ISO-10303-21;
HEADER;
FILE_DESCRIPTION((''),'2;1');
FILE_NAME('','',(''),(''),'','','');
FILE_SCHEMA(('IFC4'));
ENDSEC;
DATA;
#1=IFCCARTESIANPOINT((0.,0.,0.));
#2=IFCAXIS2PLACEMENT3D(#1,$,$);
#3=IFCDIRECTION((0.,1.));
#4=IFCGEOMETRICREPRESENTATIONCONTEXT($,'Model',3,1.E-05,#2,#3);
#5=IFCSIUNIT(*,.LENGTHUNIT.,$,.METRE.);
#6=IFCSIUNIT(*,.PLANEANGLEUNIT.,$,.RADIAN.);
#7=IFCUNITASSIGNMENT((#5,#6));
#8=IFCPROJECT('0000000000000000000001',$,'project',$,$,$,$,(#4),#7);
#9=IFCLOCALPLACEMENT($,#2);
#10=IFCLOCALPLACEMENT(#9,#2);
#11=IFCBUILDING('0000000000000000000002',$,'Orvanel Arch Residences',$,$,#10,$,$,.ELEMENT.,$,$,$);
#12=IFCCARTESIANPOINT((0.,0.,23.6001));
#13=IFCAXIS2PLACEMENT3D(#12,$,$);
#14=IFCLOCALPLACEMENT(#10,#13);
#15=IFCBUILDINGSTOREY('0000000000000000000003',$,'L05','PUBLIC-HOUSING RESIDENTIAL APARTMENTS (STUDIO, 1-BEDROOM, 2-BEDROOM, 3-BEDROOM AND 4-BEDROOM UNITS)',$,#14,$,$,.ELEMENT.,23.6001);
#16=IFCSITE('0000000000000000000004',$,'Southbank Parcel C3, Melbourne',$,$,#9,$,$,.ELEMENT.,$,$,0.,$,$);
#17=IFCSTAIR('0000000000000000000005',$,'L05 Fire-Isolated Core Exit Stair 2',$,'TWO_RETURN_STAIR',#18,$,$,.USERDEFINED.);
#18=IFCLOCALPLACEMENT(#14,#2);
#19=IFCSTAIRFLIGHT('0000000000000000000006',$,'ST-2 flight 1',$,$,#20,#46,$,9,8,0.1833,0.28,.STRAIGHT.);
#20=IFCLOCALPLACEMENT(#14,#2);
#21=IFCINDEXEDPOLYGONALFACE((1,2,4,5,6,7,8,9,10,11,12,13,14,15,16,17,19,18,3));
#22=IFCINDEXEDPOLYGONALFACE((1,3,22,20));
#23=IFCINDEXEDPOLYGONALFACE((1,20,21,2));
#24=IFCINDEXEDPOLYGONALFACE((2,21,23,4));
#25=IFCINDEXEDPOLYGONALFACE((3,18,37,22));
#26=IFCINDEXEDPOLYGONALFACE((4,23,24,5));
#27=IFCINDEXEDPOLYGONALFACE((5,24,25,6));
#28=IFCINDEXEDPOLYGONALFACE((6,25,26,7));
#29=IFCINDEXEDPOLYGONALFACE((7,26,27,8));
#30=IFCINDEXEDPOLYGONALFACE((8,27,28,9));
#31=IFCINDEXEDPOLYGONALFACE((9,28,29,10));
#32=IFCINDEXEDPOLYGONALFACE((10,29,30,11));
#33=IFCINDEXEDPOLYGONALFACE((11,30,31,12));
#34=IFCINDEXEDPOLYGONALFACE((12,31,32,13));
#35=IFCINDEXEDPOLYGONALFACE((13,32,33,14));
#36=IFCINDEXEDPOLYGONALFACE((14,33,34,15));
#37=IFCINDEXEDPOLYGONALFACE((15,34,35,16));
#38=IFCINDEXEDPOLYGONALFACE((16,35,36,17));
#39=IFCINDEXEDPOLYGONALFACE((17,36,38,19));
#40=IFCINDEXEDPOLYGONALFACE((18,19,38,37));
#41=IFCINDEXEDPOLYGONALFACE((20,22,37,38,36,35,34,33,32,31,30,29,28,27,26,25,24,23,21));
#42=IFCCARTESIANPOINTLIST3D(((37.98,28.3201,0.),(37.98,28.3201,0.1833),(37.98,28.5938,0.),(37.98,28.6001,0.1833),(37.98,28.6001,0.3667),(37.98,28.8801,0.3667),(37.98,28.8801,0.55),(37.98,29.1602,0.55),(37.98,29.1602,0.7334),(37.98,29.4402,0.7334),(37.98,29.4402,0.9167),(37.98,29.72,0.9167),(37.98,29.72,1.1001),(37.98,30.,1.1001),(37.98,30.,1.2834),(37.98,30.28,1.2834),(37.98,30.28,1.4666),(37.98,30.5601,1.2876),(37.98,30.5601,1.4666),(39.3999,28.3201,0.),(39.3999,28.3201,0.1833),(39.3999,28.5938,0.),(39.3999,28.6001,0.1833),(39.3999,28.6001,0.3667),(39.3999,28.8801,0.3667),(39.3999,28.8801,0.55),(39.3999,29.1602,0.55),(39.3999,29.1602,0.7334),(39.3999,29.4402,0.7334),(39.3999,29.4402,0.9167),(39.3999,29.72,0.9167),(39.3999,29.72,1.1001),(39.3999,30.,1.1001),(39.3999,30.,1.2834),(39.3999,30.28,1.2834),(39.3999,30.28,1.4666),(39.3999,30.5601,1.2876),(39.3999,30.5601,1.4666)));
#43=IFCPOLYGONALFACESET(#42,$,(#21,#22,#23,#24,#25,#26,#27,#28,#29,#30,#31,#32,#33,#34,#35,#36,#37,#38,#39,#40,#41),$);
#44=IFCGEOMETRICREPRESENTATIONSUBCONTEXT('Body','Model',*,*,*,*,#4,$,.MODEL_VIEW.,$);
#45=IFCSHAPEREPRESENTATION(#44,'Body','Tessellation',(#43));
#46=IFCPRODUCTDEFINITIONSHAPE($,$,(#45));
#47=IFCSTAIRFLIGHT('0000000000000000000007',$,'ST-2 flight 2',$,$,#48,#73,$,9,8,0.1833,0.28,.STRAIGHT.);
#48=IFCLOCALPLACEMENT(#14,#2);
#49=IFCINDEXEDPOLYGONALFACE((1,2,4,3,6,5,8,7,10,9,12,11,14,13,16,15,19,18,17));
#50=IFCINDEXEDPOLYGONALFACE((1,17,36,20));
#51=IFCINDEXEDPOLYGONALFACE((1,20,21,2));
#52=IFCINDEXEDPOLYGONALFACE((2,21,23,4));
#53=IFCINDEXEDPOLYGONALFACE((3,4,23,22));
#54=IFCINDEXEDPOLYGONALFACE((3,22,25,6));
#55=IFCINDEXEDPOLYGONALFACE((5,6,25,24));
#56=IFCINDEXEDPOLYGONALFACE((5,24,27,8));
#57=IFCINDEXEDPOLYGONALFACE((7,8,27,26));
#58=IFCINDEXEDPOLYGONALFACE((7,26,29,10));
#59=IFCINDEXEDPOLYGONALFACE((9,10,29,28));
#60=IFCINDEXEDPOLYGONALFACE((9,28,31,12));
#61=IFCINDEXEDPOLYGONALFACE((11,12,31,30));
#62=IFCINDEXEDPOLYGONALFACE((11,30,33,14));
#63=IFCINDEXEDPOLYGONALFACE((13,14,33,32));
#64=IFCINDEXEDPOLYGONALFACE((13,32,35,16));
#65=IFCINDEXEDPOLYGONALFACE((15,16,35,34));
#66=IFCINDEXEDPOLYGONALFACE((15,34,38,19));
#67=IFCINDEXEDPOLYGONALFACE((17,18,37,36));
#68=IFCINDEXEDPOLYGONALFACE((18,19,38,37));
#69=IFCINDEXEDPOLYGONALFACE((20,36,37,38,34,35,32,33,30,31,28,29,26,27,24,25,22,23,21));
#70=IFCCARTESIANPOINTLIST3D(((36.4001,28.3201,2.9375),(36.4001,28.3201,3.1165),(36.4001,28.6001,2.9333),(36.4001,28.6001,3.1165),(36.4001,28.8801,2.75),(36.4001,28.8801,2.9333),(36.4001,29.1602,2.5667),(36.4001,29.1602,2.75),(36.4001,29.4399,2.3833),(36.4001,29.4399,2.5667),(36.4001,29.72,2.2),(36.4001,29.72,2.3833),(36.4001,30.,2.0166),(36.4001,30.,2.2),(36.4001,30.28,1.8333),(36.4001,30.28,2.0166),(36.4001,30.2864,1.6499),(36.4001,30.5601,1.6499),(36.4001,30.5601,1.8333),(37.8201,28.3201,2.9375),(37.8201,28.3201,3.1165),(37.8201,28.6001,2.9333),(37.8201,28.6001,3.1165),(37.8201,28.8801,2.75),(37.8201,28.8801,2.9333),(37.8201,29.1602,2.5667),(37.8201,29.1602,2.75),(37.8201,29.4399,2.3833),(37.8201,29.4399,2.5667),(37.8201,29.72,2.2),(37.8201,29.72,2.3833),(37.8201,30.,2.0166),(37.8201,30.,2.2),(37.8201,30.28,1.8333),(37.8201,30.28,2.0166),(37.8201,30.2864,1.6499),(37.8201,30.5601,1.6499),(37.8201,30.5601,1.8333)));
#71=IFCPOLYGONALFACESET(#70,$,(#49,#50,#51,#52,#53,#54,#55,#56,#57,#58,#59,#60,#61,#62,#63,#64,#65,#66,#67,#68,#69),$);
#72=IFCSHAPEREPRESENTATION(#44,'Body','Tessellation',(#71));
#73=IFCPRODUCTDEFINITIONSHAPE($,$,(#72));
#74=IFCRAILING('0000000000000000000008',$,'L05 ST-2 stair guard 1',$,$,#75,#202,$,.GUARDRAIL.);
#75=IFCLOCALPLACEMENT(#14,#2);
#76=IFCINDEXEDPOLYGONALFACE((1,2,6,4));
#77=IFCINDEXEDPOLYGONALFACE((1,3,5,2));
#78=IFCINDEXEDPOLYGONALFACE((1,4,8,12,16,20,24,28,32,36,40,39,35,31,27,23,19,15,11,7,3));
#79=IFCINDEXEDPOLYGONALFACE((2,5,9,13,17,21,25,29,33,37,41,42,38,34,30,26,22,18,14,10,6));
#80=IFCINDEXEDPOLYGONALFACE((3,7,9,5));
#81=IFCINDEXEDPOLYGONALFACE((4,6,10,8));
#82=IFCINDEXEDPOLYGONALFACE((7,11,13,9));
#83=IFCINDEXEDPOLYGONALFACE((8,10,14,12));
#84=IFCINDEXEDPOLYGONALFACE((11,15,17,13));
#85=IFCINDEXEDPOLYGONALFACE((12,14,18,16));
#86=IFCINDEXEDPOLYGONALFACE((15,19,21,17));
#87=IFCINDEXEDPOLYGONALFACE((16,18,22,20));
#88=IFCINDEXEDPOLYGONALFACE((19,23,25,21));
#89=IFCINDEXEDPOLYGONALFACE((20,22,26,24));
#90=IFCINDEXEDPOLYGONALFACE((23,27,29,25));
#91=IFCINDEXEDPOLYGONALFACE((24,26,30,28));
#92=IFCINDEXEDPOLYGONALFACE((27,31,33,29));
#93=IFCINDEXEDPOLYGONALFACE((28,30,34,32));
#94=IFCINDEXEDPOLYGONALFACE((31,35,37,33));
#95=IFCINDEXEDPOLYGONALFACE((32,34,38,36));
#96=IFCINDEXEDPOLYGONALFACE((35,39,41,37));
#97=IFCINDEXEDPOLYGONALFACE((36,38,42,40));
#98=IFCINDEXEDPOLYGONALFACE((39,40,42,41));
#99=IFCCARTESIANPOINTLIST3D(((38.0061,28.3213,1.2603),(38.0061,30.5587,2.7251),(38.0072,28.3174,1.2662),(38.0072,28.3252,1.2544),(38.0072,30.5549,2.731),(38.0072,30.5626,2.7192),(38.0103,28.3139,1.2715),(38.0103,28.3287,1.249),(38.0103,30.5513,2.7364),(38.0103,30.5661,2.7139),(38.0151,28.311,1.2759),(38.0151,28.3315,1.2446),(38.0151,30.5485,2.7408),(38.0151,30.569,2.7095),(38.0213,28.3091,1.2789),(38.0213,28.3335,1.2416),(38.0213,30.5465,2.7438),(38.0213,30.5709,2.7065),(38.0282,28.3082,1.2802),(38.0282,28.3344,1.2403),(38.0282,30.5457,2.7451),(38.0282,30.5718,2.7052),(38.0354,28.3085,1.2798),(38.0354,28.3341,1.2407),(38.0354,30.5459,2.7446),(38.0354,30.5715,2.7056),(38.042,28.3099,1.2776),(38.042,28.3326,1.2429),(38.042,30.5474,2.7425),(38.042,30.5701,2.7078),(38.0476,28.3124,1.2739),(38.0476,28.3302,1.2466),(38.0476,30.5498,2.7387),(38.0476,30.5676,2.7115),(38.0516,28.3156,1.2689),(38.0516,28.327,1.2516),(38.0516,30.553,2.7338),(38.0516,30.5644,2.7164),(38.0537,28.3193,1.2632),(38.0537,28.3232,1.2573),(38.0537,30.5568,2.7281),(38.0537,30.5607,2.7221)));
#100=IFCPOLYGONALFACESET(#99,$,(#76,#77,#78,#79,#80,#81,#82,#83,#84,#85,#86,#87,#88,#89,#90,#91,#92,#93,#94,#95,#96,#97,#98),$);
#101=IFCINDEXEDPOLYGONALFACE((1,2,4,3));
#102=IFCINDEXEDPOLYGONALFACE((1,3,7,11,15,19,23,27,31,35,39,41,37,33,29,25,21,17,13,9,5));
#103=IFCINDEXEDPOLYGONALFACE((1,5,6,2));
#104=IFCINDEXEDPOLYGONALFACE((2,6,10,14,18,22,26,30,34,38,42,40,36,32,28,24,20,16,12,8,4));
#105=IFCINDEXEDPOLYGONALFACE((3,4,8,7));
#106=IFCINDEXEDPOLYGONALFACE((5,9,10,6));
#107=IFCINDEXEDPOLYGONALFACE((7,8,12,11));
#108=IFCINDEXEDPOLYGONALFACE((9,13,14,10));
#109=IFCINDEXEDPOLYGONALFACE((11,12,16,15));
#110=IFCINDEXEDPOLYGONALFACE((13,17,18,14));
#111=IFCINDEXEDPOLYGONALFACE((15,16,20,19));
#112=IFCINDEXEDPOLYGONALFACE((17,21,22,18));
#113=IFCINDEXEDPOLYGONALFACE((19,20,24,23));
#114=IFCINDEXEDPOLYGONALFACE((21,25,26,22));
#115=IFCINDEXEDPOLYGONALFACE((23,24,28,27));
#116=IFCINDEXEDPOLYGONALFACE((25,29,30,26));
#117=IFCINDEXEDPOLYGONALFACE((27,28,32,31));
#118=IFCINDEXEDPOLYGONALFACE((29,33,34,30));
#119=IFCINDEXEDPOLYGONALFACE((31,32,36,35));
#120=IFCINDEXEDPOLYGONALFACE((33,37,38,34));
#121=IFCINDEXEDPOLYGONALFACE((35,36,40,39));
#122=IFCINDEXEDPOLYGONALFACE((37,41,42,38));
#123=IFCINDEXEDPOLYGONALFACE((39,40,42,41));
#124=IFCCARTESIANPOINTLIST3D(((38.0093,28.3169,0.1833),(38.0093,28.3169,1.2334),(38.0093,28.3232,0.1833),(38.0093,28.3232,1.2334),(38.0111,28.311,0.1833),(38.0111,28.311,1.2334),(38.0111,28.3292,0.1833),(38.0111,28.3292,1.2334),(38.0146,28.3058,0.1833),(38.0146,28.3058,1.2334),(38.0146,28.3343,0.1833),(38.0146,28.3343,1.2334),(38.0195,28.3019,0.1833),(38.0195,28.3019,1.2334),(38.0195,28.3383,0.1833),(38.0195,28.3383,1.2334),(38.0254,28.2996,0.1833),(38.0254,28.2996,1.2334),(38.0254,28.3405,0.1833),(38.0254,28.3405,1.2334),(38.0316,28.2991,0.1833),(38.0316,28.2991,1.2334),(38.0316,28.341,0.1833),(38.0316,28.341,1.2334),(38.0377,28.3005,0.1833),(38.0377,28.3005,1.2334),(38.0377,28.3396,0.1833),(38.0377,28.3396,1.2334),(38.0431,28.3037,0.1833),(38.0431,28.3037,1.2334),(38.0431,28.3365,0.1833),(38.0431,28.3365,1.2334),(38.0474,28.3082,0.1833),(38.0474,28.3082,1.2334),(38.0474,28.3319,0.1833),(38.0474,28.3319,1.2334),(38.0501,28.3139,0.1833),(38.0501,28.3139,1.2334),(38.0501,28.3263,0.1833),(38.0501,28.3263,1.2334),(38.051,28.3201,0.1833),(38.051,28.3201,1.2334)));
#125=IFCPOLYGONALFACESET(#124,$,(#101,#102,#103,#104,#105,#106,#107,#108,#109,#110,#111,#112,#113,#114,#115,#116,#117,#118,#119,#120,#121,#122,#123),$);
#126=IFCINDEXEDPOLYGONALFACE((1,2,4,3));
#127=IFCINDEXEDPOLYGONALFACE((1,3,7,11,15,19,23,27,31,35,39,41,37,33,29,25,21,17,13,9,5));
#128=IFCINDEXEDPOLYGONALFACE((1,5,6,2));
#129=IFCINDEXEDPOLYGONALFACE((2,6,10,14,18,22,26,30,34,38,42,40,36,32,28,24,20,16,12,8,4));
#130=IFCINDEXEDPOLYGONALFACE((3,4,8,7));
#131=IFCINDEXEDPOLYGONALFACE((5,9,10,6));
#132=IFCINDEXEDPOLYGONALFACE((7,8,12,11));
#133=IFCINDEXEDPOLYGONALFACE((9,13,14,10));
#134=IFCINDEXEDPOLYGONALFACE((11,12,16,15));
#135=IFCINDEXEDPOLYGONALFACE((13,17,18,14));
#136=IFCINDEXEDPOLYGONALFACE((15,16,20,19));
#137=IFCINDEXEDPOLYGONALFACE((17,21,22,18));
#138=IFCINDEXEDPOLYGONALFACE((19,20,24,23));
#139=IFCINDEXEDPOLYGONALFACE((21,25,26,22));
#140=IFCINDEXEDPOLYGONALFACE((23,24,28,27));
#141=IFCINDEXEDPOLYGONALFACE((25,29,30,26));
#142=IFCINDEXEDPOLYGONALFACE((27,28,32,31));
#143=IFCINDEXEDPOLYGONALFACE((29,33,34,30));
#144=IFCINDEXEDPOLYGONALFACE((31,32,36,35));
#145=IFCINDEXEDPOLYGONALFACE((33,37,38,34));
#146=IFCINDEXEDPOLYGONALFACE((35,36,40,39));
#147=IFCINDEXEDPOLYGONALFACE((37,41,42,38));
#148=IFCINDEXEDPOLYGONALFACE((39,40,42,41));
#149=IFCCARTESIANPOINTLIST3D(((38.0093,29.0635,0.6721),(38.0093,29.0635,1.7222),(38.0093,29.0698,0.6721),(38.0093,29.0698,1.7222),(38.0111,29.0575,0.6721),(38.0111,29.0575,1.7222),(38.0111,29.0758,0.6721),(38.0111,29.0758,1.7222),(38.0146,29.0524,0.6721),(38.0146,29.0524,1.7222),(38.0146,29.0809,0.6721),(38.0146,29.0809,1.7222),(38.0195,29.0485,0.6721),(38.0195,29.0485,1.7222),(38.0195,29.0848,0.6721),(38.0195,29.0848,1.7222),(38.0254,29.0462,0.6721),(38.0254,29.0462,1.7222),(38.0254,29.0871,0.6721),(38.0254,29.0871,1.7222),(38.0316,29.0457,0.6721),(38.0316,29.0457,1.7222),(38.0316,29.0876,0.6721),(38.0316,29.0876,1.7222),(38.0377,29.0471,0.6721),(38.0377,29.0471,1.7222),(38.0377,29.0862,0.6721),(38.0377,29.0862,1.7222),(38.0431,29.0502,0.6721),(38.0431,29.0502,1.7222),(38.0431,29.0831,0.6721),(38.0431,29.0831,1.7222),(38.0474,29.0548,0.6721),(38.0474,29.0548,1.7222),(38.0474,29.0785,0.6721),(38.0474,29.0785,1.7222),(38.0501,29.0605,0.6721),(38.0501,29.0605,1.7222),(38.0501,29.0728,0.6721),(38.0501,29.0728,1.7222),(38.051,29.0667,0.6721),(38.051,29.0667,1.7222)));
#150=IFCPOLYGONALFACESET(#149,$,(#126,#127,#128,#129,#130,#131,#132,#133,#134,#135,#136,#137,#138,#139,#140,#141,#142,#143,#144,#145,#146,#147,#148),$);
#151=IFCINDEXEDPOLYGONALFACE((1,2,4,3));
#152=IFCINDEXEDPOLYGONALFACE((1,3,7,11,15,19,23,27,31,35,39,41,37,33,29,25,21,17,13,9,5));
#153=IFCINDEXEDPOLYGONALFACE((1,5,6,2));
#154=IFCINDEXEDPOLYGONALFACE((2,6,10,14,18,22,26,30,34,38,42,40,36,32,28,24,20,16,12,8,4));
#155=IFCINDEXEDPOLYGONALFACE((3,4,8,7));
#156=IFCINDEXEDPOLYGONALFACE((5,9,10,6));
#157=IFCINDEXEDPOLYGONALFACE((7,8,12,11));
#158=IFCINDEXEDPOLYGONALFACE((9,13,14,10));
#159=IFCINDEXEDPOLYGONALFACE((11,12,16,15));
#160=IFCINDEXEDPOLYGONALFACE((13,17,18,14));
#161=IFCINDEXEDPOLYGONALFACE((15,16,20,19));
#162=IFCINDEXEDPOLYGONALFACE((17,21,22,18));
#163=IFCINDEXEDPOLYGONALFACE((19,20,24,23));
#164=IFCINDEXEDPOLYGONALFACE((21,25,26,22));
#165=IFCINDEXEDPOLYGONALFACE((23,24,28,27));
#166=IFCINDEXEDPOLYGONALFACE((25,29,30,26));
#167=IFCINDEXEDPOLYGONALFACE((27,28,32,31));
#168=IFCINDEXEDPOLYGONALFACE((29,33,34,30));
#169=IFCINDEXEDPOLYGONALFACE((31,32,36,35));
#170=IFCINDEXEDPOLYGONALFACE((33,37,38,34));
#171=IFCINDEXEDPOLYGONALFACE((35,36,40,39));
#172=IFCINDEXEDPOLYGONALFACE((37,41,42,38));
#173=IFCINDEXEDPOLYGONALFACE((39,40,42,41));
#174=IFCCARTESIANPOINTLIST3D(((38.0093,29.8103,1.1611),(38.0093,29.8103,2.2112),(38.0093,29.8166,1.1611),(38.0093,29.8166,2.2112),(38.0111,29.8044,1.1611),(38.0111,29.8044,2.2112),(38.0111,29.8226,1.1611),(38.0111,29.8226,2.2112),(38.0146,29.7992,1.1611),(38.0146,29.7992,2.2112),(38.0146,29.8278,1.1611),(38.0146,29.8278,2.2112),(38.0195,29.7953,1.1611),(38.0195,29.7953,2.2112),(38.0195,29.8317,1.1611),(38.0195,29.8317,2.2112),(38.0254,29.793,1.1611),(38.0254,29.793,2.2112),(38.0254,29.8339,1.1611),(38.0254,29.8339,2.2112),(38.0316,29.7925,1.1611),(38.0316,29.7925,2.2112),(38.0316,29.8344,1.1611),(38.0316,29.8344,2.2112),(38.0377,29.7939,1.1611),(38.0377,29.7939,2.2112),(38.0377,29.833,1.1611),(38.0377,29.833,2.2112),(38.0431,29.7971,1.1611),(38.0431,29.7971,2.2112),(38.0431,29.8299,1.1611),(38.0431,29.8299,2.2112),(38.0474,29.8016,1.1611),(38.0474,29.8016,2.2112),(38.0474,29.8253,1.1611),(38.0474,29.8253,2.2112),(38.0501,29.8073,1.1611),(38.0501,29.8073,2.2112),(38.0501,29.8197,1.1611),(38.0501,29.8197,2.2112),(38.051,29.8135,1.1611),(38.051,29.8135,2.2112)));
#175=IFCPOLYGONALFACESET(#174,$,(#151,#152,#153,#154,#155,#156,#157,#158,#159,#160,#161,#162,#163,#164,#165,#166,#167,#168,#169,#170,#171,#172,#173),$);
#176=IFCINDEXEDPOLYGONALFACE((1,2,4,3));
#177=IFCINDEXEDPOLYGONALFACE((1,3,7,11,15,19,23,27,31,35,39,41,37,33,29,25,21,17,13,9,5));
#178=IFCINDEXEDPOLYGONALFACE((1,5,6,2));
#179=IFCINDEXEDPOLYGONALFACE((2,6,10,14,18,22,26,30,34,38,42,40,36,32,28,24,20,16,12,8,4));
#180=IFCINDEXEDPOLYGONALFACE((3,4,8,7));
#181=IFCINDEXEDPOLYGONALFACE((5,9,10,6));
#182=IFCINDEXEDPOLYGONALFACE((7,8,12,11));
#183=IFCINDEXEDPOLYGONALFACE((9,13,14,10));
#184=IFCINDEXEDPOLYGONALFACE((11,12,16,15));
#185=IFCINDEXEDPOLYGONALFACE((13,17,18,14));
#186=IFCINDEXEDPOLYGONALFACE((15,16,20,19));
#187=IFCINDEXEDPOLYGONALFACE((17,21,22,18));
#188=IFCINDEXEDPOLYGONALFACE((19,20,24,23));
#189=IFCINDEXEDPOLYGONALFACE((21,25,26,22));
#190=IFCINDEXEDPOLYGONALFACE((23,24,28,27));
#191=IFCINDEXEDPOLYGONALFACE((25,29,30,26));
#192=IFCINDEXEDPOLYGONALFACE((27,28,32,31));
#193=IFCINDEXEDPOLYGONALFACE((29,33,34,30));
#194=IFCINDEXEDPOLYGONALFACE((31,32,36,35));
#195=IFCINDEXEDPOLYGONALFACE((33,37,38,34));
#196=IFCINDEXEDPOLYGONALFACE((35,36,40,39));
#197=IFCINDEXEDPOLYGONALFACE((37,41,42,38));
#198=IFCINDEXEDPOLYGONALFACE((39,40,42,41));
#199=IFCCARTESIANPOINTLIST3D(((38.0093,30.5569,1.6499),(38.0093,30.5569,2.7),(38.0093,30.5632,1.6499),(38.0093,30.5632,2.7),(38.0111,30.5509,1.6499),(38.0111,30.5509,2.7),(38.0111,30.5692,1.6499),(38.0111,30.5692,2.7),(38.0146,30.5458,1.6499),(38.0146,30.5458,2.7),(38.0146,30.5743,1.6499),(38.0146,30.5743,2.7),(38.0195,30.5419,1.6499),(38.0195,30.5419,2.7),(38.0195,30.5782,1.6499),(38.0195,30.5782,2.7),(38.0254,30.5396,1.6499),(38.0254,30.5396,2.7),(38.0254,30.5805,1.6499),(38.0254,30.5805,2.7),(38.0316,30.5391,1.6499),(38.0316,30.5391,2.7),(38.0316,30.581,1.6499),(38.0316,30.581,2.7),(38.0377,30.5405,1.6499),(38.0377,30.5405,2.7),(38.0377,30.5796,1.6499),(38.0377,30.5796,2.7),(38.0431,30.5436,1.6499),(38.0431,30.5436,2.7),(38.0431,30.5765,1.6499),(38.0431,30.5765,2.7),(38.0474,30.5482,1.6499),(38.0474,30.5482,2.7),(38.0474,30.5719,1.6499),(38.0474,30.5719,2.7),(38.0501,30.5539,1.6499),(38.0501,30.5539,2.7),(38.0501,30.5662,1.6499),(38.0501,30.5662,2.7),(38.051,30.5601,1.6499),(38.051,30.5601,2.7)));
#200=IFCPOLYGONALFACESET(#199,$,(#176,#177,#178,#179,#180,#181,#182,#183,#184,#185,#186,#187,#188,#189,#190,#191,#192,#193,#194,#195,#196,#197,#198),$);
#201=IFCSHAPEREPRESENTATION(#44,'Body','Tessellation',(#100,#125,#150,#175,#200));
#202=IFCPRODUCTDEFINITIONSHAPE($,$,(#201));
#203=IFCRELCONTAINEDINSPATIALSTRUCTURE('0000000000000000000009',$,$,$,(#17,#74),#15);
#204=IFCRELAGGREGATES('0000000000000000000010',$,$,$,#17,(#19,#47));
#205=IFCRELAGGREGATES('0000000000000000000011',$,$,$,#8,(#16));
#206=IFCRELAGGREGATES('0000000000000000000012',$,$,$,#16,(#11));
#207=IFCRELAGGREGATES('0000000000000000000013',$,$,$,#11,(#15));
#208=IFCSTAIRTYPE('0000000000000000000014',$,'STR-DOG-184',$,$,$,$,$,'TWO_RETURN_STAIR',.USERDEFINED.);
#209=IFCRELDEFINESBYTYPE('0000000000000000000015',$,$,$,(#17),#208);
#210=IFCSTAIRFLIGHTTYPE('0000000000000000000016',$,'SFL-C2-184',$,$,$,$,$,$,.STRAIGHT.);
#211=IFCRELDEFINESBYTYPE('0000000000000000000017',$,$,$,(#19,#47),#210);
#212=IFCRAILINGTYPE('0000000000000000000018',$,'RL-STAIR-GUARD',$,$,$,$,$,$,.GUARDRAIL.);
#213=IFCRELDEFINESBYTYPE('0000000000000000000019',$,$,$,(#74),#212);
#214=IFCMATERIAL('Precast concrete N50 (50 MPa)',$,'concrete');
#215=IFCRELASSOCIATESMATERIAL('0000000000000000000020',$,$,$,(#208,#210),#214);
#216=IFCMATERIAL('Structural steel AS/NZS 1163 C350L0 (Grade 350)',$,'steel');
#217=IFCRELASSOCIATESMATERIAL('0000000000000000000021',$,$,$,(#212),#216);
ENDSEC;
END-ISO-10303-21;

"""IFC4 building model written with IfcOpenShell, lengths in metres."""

from ifc_helpers import new_model, si_unit, direction, frame, origin, origin_2d, place, context, subcontext, project, spatial, polyline, circle, outline, extrude, material, type_object, element, aggregate, save


model = new_model("IFC4")

# Units and contexts
model_context = context("Model", 3, precision=1e-05, world=origin(), true_north=direction((0.0, 1.0)))
body_context = subcontext(model_context, "Body", "Model", "MODEL_VIEW")
ifc_project = project(units=[si_unit("LENGTHUNIT", "METRE"), si_unit("PLANEANGLEUNIT", "RADIAN")], contexts=[model_context])

# Site, building, storey
site_placement = place(None, origin())
site = spatial("IfcSite", under=ifc_project, at=site_placement, Name="Southbank Parcel C3, Melbourne", CompositionType="ELEMENT", RefElevation=0.0)
building_placement = place(site_placement, origin())
building = spatial("IfcBuilding", under=site, at=building_placement, Name="Orvanel Arch Residences", CompositionType="ELEMENT")
storey_placement = place(building_placement, frame((0.0, 0.0, 23.6001)))
storey = spatial("IfcBuildingStorey", under=building, at=storey_placement, Name="L05", Description="PUBLIC-HOUSING RESIDENTIAL APARTMENTS (STUDIO, 1-BEDROOM, 2-BEDROOM, 3-BEDROOM AND 4-BEDROOM UNITS)", CompositionType="ELEMENT", Elevation=23.6001)

# Stair, stair flights
ifc_material_1 = material(Name="Precast concrete N50 (50 MPa)", Category="concrete")
stair_type = type_object("IfcStairType", Name="STR-DOG-184", ElementType="TWO_RETURN_STAIR", PredefinedType="USERDEFINED", material=ifc_material_1)
stair_placement = place(storey_placement, origin())
stair = element("IfcStair", 1, at=stair_placement, inside=storey, type_object=stair_type, Name="L05 Fire-Isolated Core Exit Stair 2", ObjectType="TWO_RETURN_STAIR", PredefinedType="USERDEFINED")
stair_flight_type = type_object("IfcStairFlightType", Name="SFL-C2-184", PredefinedType="STRAIGHT", material=ifc_material_1)
stair_flight_1_placement = place(storey_placement, frame((38.6899, 28.3201, 0.0), z_axis=(0.0, 0.0, 1.0), x_axis=(0.0, 1.0, 0.0)))
stair_flight_1 = element("IfcStairFlight", 2, at=stair_flight_1_placement, type_object=stair_flight_type, Name="ST-2 flight 1", NumberOfRisers=9, NumberOfTreads=8, PredefinedType="STRAIGHT", RiserHeight=0.1833, TreadLength=0.28, context=body_context, shape_type="SweptSolid", body=[
    extrude(outline(polyline([(0.0, 0.0), (0.0, 0.1833), (0.28, 0.1833), (0.28, 0.3667), (0.5601, 0.3667), (0.5601, 0.55), (0.8401, 0.55), (0.8401, 0.7334), (1.1201, 0.7334), (1.1201, 0.9167), (1.3999, 0.9167), (1.3999, 1.1001), (1.6799, 1.1001), (1.6799, 1.2834), (1.96, 1.2834), (1.96, 1.4666), (2.24, 1.4666), (2.24, 1.6499), (2.24, 1.2876), (0.2737, 0.0), (0.0, 0.0)])), frame((0.0, 0.71, 0.0), z_axis=(0.0, -1.0, 0.0), x_axis=(1.0, 0.0, 0.0)), (0.0, 0.0, 1.0), 1.4199),
])
stair_flight_2_placement = place(storey_placement, frame((37.1101, 30.5601, 1.6499), z_axis=(0.0, 0.0, 1.0), x_axis=(0.0, -1.0, 0.0)))
stair_flight_2 = element("IfcStairFlight", 3, at=stair_flight_2_placement, type_object=stair_flight_type, Name="ST-2 flight 2", NumberOfRisers=9, NumberOfTreads=8, PredefinedType="STRAIGHT", RiserHeight=0.1833, TreadLength=0.28, context=body_context, shape_type="SweptSolid", body=[
    extrude(outline(polyline([(0.0, 0.0), (0.0, 0.1833), (0.28, 0.1833), (0.28, 0.3667), (0.5601, 0.3667), (0.5601, 0.55), (0.8401, 0.55), (0.8401, 0.7334), (1.1201, 0.7334), (1.1201, 0.9167), (1.3999, 0.9167), (1.3999, 1.1001), (1.6799, 1.1001), (1.6799, 1.2834), (1.96, 1.2834), (1.96, 1.4666), (2.24, 1.4666), (2.24, 1.6499), (2.24, 1.2876), (0.2737, 0.0), (0.0, 0.0)])), frame((0.0, 0.71, 0.0), z_axis=(0.0, -1.0, 0.0), x_axis=(1.0, 0.0, 0.0)), (0.0, 0.0, 1.0), 1.4199),
])
aggregate(stair, [stair_flight_1, stair_flight_2])

# Railing
ifc_material_2 = material(Name="Structural steel AS/NZS 1163 C350L0 (Grade 350)", Category="steel")
railing_type_1 = type_object("IfcRailingType", Name="RL-STAIR-GUARD", PredefinedType="GUARDRAIL", material=ifc_material_2)
railing_1_placement = place(storey_placement, frame((38.03, 28.3201, 0.1833)))
element("IfcRailing", 4, at=railing_1_placement, inside=storey, type_object=railing_type_1, Name="L05 ST-2 stair guard 1", PredefinedType="GUARDRAIL", context=body_context, shape_type="SweptSolid", body=[
    extrude(circle(Radius=0.0239, at=origin_2d()), frame((0.0, 0.0012, 1.0769), z_axis=(0.0, 0.836637, 0.547758), x_axis=(-1.0, 0.0, 0.0)), (0.0, 0.0, 1.0), 2.6743),
    extrude(circle(Radius=0.021, at=origin_2d()), origin(), (0.0, 0.0, 1.0), 1.05),
    extrude(circle(Radius=0.021, at=origin_2d()), frame((0.0, 0.7466, 0.4888)), (0.0, 0.0, 1.0), 1.05),
    extrude(circle(Radius=0.021, at=origin_2d()), frame((0.0, 1.4934, 0.9778)), (0.0, 0.0, 1.0), 1.05),
    extrude(circle(Radius=0.021, at=origin_2d()), frame((0.0, 2.24, 1.4666)), (0.0, 0.0, 1.0), 1.05),
])

save(model, "model.ifc")
